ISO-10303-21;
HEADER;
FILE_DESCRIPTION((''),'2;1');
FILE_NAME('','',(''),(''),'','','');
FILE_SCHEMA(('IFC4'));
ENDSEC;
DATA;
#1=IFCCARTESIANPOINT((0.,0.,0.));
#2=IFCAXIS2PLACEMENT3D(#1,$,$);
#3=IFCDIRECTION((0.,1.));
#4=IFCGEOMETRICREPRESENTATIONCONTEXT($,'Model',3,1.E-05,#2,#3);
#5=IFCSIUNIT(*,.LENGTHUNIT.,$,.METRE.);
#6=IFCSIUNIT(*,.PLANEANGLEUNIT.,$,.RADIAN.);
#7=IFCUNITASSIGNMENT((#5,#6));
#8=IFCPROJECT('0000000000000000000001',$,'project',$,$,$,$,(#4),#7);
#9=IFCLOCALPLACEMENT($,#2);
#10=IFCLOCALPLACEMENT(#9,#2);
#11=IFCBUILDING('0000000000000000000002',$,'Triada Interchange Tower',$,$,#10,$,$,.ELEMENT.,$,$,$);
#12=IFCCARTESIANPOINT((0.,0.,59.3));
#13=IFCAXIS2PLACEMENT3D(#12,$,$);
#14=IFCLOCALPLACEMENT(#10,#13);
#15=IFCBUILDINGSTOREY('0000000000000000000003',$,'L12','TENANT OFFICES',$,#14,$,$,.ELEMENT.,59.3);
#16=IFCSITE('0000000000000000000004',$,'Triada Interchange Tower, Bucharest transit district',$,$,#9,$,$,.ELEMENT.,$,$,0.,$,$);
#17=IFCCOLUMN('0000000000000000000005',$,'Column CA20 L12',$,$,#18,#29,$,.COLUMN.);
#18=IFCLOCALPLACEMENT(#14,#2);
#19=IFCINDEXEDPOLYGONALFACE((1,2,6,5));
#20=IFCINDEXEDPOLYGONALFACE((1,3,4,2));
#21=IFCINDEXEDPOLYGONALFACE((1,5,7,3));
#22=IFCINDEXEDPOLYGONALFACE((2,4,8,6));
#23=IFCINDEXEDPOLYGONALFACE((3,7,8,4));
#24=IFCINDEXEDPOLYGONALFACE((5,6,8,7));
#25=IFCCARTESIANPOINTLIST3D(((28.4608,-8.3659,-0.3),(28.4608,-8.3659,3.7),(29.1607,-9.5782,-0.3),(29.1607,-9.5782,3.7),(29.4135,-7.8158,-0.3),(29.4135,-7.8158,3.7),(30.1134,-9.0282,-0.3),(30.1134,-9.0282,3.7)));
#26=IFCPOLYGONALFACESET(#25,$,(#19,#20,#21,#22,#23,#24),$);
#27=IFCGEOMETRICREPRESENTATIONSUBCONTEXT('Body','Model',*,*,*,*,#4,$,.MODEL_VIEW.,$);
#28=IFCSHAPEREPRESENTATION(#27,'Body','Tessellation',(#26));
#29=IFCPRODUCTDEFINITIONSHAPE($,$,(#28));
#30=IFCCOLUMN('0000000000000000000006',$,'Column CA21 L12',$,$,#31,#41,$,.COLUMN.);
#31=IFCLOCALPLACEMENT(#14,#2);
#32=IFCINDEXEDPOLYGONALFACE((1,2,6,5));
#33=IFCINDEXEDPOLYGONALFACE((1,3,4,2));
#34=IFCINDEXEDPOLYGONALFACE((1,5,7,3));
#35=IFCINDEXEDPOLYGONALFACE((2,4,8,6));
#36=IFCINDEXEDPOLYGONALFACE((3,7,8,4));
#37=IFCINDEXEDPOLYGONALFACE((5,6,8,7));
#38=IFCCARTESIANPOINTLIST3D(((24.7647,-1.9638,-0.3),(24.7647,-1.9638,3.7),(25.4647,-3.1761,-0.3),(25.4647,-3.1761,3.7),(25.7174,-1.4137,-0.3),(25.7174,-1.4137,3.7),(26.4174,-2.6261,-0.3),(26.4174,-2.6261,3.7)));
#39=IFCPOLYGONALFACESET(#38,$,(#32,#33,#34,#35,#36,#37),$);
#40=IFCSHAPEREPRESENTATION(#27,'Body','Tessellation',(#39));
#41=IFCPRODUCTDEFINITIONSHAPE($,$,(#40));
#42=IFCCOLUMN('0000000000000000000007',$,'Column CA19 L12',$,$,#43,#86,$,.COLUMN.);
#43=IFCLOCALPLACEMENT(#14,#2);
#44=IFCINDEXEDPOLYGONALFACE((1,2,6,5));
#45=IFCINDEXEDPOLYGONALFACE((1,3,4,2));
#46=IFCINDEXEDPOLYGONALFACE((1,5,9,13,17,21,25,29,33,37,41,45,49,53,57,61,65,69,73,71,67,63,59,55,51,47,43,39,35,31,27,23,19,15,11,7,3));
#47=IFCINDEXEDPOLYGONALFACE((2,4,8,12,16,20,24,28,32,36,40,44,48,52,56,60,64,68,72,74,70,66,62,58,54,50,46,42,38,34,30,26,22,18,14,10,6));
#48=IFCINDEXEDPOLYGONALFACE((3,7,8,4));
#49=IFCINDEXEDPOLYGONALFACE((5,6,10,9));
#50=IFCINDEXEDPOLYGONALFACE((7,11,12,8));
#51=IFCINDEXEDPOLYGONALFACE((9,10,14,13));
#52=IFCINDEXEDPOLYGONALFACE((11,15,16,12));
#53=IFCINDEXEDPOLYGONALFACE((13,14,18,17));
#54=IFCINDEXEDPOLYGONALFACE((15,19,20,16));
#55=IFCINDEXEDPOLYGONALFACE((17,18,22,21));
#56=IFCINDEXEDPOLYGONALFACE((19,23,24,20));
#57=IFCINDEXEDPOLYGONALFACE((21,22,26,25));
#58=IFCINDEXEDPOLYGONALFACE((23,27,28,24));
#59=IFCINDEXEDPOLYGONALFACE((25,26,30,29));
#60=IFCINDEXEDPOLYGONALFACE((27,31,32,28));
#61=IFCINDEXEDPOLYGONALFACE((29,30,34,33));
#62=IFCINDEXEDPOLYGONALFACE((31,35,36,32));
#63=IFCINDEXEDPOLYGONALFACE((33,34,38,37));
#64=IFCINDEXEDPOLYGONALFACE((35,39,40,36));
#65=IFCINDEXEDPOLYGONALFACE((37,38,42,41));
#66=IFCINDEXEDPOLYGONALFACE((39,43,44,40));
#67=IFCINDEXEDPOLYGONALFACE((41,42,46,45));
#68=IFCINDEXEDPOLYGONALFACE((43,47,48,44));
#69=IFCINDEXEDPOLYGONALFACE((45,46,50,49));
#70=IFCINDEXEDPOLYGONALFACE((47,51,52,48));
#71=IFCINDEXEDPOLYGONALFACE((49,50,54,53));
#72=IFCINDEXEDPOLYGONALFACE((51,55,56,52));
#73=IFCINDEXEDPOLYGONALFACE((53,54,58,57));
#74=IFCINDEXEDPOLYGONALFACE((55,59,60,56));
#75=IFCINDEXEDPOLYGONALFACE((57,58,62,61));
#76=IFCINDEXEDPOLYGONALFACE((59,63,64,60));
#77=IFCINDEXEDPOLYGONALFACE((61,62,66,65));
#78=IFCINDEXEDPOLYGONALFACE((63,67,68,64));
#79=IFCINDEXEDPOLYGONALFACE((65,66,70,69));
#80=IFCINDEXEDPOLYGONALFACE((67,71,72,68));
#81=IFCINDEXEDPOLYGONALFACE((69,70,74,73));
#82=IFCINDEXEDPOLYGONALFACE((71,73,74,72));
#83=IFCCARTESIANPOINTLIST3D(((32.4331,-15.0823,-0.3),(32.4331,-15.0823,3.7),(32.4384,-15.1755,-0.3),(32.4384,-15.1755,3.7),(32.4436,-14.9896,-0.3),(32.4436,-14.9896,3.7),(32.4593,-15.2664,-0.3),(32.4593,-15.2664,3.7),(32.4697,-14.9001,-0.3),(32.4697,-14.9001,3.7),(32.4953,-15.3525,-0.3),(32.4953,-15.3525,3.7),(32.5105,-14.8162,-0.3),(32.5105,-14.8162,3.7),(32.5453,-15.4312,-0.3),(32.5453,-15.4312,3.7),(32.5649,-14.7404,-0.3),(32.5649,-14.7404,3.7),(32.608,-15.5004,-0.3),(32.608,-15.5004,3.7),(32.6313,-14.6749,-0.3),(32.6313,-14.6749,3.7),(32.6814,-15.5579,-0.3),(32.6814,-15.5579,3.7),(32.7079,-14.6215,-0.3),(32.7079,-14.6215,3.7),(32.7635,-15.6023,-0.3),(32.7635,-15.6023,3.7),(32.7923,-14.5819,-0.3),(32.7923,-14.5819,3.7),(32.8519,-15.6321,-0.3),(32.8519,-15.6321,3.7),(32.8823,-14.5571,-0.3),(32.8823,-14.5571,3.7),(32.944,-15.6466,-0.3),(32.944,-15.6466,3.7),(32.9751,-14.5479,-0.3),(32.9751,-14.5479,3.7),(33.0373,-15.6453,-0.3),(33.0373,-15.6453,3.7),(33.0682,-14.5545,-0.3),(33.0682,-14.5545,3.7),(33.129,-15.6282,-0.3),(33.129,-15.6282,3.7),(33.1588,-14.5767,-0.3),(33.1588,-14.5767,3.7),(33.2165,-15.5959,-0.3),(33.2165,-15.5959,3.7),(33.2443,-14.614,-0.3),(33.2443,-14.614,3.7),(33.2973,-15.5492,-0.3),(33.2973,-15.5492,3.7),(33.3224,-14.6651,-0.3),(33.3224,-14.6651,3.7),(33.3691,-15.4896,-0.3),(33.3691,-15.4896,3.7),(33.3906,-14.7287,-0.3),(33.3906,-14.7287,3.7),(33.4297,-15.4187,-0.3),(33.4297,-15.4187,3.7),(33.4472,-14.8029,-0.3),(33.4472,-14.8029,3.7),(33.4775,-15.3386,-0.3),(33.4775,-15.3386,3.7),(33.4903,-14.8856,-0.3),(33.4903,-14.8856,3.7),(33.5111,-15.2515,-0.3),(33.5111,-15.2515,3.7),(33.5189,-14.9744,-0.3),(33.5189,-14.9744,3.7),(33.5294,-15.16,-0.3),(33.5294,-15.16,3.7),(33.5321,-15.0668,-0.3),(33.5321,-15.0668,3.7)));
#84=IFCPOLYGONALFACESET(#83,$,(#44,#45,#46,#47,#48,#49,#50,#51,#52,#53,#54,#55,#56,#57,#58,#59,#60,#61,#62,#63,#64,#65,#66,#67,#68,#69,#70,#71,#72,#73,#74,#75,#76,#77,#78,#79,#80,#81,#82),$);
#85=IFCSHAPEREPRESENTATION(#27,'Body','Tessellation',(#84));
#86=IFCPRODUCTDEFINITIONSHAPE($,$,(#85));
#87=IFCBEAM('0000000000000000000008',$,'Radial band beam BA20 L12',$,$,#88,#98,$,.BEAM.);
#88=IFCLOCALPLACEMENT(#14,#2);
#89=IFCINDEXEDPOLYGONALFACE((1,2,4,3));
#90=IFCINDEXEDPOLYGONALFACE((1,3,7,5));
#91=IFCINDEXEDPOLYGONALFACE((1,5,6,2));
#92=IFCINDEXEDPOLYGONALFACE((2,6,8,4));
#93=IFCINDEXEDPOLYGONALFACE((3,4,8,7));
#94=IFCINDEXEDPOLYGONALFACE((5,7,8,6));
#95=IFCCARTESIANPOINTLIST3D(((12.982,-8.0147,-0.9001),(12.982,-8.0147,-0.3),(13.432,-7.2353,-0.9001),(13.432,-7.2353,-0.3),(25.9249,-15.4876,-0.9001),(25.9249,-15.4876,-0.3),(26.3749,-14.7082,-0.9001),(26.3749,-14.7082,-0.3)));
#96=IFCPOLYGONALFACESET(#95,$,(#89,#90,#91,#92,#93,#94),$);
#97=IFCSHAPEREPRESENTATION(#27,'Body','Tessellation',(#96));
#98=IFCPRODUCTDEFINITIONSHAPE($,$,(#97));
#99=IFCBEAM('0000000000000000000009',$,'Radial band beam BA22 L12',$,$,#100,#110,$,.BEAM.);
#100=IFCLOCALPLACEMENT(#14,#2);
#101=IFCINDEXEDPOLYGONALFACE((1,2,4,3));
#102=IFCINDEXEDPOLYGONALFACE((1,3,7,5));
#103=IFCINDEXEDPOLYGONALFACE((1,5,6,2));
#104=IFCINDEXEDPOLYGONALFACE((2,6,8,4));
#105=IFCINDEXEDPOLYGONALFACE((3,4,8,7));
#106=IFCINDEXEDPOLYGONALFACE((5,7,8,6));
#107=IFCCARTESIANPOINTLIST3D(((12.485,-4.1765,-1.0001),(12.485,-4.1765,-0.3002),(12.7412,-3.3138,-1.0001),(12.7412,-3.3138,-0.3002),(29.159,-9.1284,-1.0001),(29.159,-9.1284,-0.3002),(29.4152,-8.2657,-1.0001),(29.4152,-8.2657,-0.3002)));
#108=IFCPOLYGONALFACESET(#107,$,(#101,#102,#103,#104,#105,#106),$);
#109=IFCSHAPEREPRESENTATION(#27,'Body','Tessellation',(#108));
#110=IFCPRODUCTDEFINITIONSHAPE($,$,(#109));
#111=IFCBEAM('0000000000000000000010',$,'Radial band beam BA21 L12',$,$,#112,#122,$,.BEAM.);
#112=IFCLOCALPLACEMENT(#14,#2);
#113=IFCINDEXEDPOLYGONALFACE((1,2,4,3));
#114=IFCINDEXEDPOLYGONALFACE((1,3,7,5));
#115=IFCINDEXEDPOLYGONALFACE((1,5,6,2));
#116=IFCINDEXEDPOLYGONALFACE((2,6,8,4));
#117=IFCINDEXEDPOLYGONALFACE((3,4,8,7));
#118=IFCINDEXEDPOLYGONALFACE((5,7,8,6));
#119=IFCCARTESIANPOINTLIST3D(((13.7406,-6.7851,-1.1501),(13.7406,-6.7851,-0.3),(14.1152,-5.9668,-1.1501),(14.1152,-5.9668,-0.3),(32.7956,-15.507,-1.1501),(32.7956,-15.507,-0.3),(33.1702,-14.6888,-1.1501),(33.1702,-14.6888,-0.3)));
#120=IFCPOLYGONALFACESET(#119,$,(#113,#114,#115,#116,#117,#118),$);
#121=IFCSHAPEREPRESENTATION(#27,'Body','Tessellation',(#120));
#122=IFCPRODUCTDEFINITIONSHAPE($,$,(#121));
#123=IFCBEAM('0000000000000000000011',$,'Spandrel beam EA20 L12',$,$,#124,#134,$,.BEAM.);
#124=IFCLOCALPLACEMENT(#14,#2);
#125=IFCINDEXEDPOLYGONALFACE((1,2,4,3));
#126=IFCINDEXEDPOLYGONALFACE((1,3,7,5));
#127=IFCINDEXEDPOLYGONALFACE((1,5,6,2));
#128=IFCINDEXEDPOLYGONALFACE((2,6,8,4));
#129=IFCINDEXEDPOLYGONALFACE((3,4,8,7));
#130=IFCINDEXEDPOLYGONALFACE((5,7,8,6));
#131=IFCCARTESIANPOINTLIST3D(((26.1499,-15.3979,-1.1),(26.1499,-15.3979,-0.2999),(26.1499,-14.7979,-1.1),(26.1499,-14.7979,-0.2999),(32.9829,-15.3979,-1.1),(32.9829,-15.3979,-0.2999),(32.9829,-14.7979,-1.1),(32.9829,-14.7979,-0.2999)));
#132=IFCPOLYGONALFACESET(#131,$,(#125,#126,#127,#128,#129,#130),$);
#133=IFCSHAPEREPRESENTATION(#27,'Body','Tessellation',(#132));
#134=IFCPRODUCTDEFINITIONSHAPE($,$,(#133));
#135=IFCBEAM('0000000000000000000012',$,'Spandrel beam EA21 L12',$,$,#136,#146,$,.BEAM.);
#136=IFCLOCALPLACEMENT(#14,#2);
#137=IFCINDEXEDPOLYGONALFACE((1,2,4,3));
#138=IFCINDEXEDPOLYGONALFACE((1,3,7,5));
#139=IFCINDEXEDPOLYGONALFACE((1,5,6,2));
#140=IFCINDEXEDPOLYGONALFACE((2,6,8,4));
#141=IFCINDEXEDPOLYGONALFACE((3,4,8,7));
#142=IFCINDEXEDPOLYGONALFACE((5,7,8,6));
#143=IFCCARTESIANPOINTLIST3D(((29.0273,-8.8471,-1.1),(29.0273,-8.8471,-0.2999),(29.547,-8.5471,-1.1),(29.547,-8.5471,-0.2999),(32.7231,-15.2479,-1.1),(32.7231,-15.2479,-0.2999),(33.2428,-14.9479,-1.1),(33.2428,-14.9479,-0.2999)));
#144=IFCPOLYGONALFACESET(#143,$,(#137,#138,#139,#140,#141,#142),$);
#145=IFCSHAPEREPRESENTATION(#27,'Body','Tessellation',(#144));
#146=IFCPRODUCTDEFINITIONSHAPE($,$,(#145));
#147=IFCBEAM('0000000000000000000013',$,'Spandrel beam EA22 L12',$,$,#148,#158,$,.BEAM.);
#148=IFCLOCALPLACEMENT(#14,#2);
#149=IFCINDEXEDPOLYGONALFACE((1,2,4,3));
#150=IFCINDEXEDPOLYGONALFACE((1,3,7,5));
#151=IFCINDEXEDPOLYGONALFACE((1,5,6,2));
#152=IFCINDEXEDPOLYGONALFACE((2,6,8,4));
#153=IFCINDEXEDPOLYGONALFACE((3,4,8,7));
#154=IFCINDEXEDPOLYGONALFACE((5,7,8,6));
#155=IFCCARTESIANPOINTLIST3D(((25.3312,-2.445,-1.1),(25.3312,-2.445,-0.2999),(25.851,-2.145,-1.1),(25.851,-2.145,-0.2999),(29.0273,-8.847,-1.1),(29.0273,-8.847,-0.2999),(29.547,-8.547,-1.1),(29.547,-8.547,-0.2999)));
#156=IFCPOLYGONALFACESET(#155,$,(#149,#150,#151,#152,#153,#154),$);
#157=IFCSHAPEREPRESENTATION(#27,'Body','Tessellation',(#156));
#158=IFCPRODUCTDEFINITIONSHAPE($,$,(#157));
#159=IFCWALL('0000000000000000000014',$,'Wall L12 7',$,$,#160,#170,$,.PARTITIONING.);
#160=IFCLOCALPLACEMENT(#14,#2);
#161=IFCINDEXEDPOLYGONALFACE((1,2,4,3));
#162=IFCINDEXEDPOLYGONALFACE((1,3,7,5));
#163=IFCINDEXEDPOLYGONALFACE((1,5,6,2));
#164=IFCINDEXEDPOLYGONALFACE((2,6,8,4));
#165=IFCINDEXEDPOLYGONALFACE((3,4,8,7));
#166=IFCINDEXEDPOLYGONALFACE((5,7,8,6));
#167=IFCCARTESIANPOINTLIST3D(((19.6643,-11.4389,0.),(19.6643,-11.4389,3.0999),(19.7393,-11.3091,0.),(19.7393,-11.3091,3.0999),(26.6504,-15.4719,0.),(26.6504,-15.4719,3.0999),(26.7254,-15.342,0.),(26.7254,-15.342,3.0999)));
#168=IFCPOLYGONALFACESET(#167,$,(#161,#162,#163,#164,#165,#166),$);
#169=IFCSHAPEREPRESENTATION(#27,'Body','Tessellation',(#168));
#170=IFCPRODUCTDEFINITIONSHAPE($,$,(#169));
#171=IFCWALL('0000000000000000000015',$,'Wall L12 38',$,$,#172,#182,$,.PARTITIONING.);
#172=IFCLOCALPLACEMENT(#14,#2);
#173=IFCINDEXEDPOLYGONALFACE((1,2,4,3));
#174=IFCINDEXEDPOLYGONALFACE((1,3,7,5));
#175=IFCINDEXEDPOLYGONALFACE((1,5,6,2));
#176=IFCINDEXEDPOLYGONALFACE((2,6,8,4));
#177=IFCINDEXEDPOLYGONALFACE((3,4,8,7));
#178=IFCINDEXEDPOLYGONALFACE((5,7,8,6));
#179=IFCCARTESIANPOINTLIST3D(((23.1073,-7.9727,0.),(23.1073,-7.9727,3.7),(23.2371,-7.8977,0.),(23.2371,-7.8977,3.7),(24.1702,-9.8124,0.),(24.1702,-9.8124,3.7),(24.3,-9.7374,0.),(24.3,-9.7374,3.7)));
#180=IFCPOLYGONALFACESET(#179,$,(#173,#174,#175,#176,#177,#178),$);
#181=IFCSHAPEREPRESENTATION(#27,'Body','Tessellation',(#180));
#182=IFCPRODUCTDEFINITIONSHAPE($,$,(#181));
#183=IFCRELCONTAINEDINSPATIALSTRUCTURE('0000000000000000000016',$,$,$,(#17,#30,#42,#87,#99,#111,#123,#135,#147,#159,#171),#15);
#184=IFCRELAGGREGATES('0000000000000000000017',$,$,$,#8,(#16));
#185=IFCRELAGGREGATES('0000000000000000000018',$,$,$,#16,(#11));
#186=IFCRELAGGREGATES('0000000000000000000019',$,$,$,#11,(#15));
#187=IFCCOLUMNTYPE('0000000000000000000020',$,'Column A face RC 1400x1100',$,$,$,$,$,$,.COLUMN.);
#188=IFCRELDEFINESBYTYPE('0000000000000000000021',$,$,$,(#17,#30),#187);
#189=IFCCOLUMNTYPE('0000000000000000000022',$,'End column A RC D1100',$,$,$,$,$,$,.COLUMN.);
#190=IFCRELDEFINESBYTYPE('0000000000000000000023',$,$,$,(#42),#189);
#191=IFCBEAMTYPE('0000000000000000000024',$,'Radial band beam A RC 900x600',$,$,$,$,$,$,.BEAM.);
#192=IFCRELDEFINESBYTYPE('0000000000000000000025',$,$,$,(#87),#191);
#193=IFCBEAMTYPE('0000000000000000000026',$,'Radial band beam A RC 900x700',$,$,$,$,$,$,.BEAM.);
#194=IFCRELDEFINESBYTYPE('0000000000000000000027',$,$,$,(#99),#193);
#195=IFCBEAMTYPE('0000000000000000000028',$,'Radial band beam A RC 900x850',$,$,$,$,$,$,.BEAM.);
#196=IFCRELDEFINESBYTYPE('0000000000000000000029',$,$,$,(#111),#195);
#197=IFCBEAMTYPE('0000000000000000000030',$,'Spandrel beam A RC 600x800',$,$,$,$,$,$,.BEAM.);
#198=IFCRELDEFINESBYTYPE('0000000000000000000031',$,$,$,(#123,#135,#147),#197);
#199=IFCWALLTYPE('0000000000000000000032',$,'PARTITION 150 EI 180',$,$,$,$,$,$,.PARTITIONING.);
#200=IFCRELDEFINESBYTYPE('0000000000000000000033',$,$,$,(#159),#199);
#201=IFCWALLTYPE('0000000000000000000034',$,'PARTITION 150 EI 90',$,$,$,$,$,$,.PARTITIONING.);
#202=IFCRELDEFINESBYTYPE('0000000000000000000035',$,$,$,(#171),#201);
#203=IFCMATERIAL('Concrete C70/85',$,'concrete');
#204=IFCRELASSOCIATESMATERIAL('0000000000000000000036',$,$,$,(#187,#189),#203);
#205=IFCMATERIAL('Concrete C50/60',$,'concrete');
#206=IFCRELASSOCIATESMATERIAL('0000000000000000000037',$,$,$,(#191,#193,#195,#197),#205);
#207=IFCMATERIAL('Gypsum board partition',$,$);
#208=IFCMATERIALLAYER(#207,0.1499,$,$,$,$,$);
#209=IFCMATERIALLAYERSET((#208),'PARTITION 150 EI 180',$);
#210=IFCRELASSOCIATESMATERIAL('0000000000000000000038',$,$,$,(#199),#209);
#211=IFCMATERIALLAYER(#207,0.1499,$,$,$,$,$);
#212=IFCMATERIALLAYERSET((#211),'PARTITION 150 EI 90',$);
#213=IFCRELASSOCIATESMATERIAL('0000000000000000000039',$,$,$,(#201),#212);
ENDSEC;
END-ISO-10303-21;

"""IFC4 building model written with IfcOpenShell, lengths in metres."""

from ifc_helpers import new_model, si_unit, direction, frame, frame_2d, origin, origin_2d, place, context, subcontext, project, spatial, rectangle, circle, extrude, material, layer, layer_set, material_profile, profile_set, type_object, element, save


model = new_model("IFC4")

# Units and contexts
model_context = context("Model", 3, precision=1e-05, world=origin(), true_north=direction((0.0, 1.0)))
body_context = subcontext(model_context, "Body", "Model", "MODEL_VIEW")
ifc_project = project(units=[si_unit("LENGTHUNIT", "METRE"), si_unit("PLANEANGLEUNIT", "RADIAN")], contexts=[model_context])

# Site, building, storey
site_placement = place(None, origin())
site = spatial("IfcSite", under=ifc_project, at=site_placement, Name="Triada Interchange Tower, Bucharest transit district", CompositionType="ELEMENT", RefElevation=0.0)
building_placement = place(site_placement, origin())
building = spatial("IfcBuilding", under=site, at=building_placement, Name="Triada Interchange Tower", CompositionType="ELEMENT")
storey_placement = place(building_placement, frame((0.0, 0.0, 59.3)))
storey = spatial("IfcBuildingStorey", under=building, at=storey_placement, Name="L12", Description="TENANT OFFICES", CompositionType="ELEMENT", Elevation=59.3)

# Columns
ifc_material_1 = material(Name="Concrete C70/85", Category="concrete")
ifc_material_profile_1 = material_profile(ifc_material_1, rectangle(XDim=1.3999, YDim=1.1001, at=origin_2d()), Name="RC 1400x1100")
ifc_profile_set_1 = profile_set([ifc_material_profile_1], Name="Concrete C70/85")
column_type_1 = type_object("IfcColumnType", Name="Column A face RC 1400x1100", PredefinedType="COLUMN", material=ifc_profile_set_1)
for number, where, z_axis, x_axis, name in (
    (1, (29.2871, -8.697, -0.3), (0.0, 0.0, 1.0), (-0.5, 0.866025, 0.0), "Column CA20 L12"),
    (2, (25.5911, -2.2949, -0.3), (0.0, 0.0, 1.0), (-0.5, 0.866025, 0.0), "Column CA21 L12"),
):
    element("IfcColumn", number, at=place(storey_placement, frame(where, z_axis=z_axis, x_axis=x_axis)), inside=storey, type_object=column_type_1, Name=name, PredefinedType="COLUMN", context=body_context, shape_type="SweptSolid", body=[
        extrude(rectangle(XDim=1.3999, YDim=1.1001, at=origin_2d()), origin(), (0.0, 0.0, 1.0), 4.0),
    ])
ifc_material_profile_2 = material_profile(ifc_material_1, circle(Radius=0.55, at=origin_2d()), Name="RC D1100")
ifc_profile_set_2 = profile_set([ifc_material_profile_2], Name="Concrete C70/85")
column_type_2 = type_object("IfcColumnType", Name="End column A RC D1100", PredefinedType="COLUMN", material=ifc_profile_set_2)
column_placement = place(storey_placement, frame((32.9829, -15.0979, -0.3), z_axis=(0.0, 0.0, 1.0), x_axis=(-0.5, 0.866025, 0.0)))
element("IfcColumn", 3, at=column_placement, inside=storey, type_object=column_type_2, Name="Column CA19 L12", PredefinedType="COLUMN", context=body_context, shape_type="SweptSolid", body=[
    extrude(circle(Radius=0.55, at=origin_2d()), origin(), (0.0, 0.0, 1.0), 4.0),
])

# Beams
ifc_material_2 = material(Name="Concrete C50/60", Category="concrete")
ifc_material_profile_3 = material_profile(ifc_material_2, rectangle(XDim=0.8999, YDim=0.6001, at=origin_2d()), Name="RC 900x600")
ifc_profile_set_3 = profile_set([ifc_material_profile_3], Name="Concrete C50/60")
beam_type_1 = type_object("IfcBeamType", Name="Radial band beam A RC 900x600", PredefinedType="BEAM", material=ifc_profile_set_3)
beam_1_placement = place(storey_placement, frame((26.1499, -15.0979, -0.6001), z_axis=(-0.866016, 0.500017, 0.0), x_axis=(-0.500017, -0.866016, 0.0)))
element("IfcBeam", 4, at=beam_1_placement, inside=storey, type_object=beam_type_1, Name="Radial band beam BA20 L12", PredefinedType="BEAM", context=body_context, shape_type="SweptSolid", body=[
    extrude(rectangle(XDim=0.8999, YDim=0.6001, at=origin_2d()), origin(), (0.0, 0.0, 1.0), 14.9453),
])
ifc_material_profile_4 = material_profile(ifc_material_2, rectangle(XDim=0.8999, YDim=0.7, at=origin_2d()), Name="RC 900x700")
ifc_profile_set_4 = profile_set([ifc_material_profile_4], Name="Concrete C50/60")
beam_type_2 = type_object("IfcBeamType", Name="Radial band beam A RC 900x700", PredefinedType="BEAM", material=ifc_profile_set_4)
beam_2_placement = place(storey_placement, frame((29.2871, -8.697, -0.6501), z_axis=(-0.958619, 0.284693, 0.0), x_axis=(-0.284693, -0.958619, 0.0)))
element("IfcBeam", 5, at=beam_2_placement, inside=storey, type_object=beam_type_2, Name="Radial band beam BA22 L12", PredefinedType="BEAM", context=body_context, shape_type="SweptSolid", body=[
    extrude(rectangle(XDim=0.8999, YDim=0.7, at=origin_2d()), origin(), (0.0, 0.0, 1.0), 17.3938),
])
ifc_material_profile_5 = material_profile(ifc_material_2, rectangle(XDim=0.8999, YDim=0.8501, at=origin_2d()), Name="RC 900x850")
ifc_profile_set_5 = profile_set([ifc_material_profile_5], Name="Concrete C50/60")
beam_type_3 = type_object("IfcBeamType", Name="Radial band beam A RC 900x850", PredefinedType="BEAM", material=ifc_profile_set_5)
beam_3_placement = place(storey_placement, frame((32.9829, -15.0979, -0.7251), z_axis=(-0.909274, 0.416198, 0.0), x_axis=(-0.416198, -0.909274, 0.0)))
element("IfcBeam", 6, at=beam_3_placement, inside=storey, type_object=beam_type_3, Name="Radial band beam BA21 L12", PredefinedType="BEAM", context=body_context, shape_type="SweptSolid", body=[
    extrude(rectangle(XDim=0.8999, YDim=0.8501, at=origin_2d()), origin(), (0.0, 0.0, 1.0), 20.9563),
])
ifc_material_profile_6 = material_profile(ifc_material_2, rectangle(XDim=0.6001, YDim=0.8, at=origin_2d()), Name="RC 600x800")
ifc_profile_set_6 = profile_set([ifc_material_profile_6], Name="Concrete C50/60")
beam_type_4 = type_object("IfcBeamType", Name="Spandrel beam A RC 600x800", PredefinedType="BEAM", material=ifc_profile_set_6)
beam_4_placement = place(storey_placement, frame((26.1499, -15.0979, -0.7), z_axis=(1.0, 0.0, 0.0), x_axis=(0.0, 1.0, 0.0)))
element("IfcBeam", 7, at=beam_4_placement, inside=storey, type_object=beam_type_4, Name="Spandrel beam EA20 L12", PredefinedType="BEAM", context=body_context, shape_type="SweptSolid", body=[
    extrude(rectangle(XDim=0.6001, YDim=0.8, at=origin_2d()), origin(), (0.0, 0.0, 1.0), 6.833),
])
beam_5_placement = place(storey_placement, frame((32.9829, -15.0979, -0.7), z_axis=(-0.500026, 0.866011, 0.0), x_axis=(-0.866011, -0.500026, 0.0)))
element("IfcBeam", 8, at=beam_5_placement, inside=storey, type_object=beam_type_4, Name="Spandrel beam EA21 L12", PredefinedType="BEAM", context=body_context, shape_type="SweptSolid", body=[
    extrude(rectangle(XDim=0.6001, YDim=0.8, at=origin_2d()), origin(), (0.0, 0.0, 1.0), 7.3911),
])
beam_6_placement = place(storey_placement, frame((29.2871, -8.697, -0.7), z_axis=(-0.499979, 0.866038, 0.0), x_axis=(-0.866038, -0.499979, 0.0)))
element("IfcBeam", 9, at=beam_6_placement, inside=storey, type_object=beam_type_4, Name="Spandrel beam EA22 L12", PredefinedType="BEAM", context=body_context, shape_type="SweptSolid", body=[
    extrude(rectangle(XDim=0.6001, YDim=0.8, at=origin_2d()), origin(), (0.0, 0.0, 1.0), 7.3923),
])

# Walls
ifc_material_3 = material(Name="Gypsum board partition")
ifc_layer_1 = layer(ifc_material_3, 0.1499)
ifc_layer_set_1 = layer_set([ifc_layer_1], Name="PARTITION 150 EI 180")
wall_type_1 = type_object("IfcWallType", Name="PARTITION 150 EI 180", PredefinedType="PARTITIONING", material=ifc_layer_set_1)
wall_1_placement = place(storey_placement, frame((19.7019, -11.374, 0.0), z_axis=(0.0, 0.0, 1.0), x_axis=(0.86605, -0.499957, 0.0)))
element("IfcWall", 10, at=wall_1_placement, inside=storey, type_object=wall_type_1, Name="Wall L12 7", PredefinedType="PARTITIONING", context=body_context, shape_type="SweptSolid", body=[
    extrude(rectangle(XDim=8.0667, YDim=0.1499, at=frame_2d((4.0332, 0.0))), origin(), (0.0, 0.0, 1.0), 3.0999),
])
ifc_layer_2 = layer(ifc_material_3, 0.1499)
ifc_layer_set_2 = layer_set([ifc_layer_2], Name="PARTITION 150 EI 90")
wall_type_2 = type_object("IfcWallType", Name="PARTITION 150 EI 90", PredefinedType="PARTITIONING", material=ifc_layer_set_2)
wall_2_placement = place(storey_placement, frame((23.1721, -7.9351, 0.0), z_axis=(0.0, 0.0, 1.0), x_axis=(0.500266, -0.865872, 0.0)))
element("IfcWall", 11, at=wall_2_placement, inside=storey, type_object=wall_type_2, Name="Wall L12 38", PredefinedType="PARTITIONING", context=body_context, shape_type="SweptSolid", body=[
    extrude(rectangle(XDim=2.1248, YDim=0.1499, at=frame_2d((1.0625, 0.0))), origin(), (0.0, 0.0, 1.0), 3.7),
])

save(model, "model.ifc")
